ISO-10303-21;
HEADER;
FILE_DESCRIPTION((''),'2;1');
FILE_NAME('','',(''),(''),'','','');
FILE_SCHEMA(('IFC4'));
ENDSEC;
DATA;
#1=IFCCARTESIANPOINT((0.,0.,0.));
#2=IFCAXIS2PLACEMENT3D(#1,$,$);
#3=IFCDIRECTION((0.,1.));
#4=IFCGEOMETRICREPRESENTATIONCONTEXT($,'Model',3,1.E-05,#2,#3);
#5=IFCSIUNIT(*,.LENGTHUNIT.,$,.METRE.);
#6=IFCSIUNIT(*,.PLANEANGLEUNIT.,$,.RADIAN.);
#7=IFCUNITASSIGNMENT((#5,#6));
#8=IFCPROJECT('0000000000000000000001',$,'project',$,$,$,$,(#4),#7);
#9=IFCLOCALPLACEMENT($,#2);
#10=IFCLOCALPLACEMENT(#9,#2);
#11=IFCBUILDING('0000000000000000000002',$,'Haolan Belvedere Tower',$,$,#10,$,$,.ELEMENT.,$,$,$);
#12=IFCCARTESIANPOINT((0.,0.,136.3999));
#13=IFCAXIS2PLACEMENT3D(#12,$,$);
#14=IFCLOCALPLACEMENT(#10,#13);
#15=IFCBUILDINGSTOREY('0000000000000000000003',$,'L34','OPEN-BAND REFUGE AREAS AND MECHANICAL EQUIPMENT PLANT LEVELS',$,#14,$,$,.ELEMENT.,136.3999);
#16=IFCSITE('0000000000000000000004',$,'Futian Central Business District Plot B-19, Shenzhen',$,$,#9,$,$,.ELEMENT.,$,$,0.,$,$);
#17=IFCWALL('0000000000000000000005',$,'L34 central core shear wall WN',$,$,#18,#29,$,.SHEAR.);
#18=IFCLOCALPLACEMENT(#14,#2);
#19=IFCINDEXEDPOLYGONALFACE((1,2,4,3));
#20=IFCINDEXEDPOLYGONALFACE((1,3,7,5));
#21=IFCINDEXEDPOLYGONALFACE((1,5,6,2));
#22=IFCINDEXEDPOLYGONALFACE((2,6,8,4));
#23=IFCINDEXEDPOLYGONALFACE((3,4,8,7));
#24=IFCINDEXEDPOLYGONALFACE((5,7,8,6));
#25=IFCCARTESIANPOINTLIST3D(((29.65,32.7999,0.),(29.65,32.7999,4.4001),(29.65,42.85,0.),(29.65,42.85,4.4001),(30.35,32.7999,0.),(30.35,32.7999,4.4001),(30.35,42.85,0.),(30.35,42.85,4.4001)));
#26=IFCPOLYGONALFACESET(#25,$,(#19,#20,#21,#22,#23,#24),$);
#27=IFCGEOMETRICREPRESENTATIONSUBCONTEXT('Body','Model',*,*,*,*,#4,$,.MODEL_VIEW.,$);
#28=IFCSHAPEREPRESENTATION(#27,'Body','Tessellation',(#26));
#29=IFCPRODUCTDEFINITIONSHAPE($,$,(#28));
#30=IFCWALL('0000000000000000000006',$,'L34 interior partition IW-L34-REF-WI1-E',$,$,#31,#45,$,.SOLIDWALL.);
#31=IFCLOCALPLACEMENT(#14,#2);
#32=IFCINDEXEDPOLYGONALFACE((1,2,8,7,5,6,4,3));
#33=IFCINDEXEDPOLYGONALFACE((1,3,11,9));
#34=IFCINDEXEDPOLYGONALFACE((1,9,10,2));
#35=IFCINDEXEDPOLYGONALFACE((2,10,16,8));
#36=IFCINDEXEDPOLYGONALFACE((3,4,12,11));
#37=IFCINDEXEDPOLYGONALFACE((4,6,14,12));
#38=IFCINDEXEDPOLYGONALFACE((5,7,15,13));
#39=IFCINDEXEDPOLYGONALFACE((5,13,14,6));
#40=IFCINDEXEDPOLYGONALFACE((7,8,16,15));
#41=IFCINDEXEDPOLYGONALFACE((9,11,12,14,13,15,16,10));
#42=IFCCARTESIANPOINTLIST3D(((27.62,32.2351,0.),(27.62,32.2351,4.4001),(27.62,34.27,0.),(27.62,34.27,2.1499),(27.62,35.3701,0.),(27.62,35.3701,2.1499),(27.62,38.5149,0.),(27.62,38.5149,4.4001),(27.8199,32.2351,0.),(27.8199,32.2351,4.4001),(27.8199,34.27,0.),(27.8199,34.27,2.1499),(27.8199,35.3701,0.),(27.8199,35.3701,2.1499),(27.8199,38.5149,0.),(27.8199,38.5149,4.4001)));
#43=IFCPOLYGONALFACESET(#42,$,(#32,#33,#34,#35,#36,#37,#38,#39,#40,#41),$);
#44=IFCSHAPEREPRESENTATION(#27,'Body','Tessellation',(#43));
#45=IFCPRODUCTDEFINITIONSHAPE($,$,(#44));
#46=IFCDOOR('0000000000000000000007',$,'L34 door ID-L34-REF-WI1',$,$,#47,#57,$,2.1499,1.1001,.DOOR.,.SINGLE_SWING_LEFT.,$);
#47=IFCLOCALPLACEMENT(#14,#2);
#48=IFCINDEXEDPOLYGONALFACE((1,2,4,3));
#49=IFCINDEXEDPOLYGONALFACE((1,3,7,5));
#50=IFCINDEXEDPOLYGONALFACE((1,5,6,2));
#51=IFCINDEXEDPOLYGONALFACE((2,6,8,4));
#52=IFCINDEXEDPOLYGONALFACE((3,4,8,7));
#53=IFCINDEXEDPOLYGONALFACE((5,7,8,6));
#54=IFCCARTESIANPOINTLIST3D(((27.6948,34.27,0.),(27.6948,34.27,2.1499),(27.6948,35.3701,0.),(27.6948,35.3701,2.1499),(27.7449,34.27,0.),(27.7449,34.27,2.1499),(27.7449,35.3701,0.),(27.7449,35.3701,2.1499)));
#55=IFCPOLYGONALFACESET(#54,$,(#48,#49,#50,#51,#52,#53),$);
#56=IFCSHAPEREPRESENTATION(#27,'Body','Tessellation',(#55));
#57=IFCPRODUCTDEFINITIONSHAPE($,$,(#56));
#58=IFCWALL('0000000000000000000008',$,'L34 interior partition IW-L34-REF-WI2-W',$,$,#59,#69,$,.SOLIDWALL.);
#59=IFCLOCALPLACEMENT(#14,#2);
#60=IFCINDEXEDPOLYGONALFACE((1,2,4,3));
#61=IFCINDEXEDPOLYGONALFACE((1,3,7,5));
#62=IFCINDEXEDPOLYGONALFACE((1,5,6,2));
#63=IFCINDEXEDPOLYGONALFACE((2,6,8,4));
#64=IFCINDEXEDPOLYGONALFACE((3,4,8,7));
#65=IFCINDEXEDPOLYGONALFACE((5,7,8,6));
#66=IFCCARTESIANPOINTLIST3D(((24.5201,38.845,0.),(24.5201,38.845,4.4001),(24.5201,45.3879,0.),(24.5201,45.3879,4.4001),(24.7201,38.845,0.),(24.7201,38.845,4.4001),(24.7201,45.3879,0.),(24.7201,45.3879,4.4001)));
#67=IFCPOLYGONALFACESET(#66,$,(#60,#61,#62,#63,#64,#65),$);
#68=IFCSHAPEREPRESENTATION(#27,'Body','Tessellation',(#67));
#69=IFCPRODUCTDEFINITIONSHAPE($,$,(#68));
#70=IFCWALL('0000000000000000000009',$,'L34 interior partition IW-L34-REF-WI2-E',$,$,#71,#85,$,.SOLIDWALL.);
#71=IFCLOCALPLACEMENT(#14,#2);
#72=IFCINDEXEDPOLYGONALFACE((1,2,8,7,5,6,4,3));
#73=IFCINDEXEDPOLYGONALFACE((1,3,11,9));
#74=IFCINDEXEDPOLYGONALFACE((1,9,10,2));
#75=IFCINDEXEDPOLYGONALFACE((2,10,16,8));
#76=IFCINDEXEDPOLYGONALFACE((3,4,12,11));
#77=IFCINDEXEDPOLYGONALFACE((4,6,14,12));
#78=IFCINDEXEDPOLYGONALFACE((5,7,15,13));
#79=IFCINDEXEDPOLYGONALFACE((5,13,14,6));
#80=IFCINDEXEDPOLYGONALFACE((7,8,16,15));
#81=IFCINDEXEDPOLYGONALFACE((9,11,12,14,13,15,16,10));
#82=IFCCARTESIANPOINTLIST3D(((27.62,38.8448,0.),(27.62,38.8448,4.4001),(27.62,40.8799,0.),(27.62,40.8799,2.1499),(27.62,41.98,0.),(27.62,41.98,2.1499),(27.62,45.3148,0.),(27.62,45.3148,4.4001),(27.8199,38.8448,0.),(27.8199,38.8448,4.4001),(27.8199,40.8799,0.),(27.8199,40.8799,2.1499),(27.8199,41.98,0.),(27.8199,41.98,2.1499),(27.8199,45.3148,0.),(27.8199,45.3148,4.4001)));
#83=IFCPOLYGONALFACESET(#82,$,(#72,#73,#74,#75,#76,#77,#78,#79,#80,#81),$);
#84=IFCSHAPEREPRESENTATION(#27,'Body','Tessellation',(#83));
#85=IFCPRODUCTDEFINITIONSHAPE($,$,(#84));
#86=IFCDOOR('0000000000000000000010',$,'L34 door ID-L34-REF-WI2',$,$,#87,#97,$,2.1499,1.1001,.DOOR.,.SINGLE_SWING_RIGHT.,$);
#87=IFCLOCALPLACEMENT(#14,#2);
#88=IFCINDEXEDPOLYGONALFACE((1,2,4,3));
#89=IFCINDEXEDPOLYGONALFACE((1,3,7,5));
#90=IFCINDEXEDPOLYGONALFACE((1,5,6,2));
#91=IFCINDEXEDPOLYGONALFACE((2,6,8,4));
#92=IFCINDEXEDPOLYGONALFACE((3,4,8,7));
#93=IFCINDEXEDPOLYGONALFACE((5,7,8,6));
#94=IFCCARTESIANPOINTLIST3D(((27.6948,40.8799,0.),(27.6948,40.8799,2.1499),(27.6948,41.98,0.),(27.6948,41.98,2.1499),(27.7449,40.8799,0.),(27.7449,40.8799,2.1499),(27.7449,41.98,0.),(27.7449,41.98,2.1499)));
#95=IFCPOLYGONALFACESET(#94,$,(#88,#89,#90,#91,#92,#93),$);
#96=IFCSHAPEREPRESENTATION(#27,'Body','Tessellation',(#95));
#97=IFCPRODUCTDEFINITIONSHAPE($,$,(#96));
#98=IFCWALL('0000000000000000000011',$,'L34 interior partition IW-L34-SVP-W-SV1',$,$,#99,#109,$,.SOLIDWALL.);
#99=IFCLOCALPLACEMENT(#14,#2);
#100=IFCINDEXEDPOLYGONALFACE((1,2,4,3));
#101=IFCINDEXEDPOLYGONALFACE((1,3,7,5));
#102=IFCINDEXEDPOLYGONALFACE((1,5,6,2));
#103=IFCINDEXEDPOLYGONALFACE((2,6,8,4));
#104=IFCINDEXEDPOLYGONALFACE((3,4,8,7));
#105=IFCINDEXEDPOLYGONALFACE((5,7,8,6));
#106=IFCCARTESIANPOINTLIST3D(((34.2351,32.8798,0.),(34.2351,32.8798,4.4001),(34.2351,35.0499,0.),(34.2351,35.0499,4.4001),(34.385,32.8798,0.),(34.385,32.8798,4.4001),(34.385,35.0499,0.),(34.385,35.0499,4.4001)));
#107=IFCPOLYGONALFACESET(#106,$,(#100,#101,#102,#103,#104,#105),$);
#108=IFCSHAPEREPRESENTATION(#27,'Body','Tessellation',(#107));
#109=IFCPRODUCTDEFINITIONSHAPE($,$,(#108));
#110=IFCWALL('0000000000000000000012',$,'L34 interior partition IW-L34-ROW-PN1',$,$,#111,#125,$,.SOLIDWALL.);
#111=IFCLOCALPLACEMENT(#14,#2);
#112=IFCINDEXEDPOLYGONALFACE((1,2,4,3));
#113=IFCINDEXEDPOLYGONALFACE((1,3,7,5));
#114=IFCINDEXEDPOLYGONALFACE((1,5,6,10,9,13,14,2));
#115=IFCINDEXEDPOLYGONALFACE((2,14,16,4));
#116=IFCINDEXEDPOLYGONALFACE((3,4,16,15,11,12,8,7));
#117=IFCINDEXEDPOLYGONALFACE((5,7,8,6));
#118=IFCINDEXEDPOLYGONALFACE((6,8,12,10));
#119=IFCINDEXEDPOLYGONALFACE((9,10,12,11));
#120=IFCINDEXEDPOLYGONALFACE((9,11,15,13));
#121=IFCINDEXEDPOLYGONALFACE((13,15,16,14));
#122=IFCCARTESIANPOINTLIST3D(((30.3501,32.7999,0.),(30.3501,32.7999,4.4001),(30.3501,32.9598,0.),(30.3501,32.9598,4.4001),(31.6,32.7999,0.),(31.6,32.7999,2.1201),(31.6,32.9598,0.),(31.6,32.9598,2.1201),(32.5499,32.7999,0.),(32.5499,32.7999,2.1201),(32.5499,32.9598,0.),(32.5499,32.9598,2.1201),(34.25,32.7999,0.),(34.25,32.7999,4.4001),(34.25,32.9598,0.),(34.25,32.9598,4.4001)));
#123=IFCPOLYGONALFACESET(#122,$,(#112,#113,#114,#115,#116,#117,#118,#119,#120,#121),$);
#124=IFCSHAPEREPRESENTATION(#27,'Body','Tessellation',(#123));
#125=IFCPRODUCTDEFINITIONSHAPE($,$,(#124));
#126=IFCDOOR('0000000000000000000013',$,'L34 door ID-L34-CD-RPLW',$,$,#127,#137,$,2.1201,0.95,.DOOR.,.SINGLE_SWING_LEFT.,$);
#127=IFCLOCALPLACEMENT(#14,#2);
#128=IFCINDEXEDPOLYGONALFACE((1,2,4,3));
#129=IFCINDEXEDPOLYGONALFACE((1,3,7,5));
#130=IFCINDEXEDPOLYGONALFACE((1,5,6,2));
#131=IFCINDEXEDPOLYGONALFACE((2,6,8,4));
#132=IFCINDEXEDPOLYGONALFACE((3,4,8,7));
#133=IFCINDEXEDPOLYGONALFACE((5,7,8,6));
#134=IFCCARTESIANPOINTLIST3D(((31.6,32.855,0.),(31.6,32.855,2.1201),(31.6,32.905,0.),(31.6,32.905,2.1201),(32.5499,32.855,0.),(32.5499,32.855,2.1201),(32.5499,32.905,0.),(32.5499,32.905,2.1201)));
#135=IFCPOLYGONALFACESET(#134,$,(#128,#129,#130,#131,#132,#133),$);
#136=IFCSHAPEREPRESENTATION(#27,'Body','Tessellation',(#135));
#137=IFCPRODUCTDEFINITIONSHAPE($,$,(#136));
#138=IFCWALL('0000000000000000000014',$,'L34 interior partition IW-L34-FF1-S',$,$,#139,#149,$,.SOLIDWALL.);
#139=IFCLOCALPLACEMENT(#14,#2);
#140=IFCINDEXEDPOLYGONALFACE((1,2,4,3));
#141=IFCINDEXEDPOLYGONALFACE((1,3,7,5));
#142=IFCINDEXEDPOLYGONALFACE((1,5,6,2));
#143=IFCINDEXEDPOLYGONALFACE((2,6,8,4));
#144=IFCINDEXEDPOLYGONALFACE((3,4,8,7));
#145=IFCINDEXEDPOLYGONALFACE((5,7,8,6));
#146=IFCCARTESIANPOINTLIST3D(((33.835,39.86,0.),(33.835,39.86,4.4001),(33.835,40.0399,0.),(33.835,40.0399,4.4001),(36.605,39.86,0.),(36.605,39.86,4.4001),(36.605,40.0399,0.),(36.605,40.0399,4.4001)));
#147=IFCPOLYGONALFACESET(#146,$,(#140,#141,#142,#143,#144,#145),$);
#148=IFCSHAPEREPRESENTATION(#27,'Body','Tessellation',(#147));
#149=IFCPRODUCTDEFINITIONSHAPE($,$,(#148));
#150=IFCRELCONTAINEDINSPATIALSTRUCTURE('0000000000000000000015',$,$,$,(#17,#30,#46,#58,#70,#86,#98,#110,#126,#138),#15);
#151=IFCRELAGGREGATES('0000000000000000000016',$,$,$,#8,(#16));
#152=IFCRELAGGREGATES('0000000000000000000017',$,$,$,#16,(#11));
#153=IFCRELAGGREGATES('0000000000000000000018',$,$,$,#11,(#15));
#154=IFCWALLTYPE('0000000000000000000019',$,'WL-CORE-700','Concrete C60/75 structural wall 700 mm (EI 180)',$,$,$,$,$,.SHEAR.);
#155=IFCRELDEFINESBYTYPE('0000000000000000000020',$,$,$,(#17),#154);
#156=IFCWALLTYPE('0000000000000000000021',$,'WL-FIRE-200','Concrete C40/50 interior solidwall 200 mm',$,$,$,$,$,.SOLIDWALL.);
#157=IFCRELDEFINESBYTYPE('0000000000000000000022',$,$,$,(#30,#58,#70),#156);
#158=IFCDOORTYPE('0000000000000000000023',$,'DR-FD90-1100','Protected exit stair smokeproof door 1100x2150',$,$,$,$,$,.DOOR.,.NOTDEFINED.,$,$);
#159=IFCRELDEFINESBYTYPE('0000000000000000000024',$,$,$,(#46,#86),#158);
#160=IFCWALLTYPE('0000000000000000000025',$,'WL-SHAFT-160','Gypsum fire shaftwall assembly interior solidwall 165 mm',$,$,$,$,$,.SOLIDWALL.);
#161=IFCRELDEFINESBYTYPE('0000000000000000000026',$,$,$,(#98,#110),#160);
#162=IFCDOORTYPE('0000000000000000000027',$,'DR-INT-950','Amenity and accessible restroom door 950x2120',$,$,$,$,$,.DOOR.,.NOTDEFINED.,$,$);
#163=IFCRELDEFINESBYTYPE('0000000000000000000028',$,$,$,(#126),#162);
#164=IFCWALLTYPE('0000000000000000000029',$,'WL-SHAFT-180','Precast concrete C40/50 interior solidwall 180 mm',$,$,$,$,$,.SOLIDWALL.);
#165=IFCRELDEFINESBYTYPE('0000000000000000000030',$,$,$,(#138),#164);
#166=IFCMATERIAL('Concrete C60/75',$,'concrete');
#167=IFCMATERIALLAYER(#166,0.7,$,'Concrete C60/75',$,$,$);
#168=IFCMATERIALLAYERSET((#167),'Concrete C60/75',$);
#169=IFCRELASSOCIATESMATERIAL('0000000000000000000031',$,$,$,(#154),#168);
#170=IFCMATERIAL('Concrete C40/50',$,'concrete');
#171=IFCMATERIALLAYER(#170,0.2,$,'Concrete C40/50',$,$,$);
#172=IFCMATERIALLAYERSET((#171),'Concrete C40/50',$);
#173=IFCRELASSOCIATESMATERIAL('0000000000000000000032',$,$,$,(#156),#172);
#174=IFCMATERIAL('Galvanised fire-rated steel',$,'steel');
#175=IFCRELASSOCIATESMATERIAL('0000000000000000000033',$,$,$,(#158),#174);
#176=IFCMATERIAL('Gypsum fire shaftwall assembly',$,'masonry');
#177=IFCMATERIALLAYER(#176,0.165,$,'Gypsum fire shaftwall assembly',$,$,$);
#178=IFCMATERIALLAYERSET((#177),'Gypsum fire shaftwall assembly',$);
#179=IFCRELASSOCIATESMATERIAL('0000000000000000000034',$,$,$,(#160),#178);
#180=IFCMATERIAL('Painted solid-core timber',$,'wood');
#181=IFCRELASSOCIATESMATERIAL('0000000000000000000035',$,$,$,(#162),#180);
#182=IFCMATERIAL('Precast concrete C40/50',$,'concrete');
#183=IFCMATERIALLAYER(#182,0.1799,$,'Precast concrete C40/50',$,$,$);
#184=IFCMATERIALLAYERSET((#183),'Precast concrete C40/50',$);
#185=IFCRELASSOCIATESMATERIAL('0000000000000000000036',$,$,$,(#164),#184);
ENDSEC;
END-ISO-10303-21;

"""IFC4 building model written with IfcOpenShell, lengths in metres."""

from ifc_helpers import new_model, si_unit, direction, frame, frame_2d, origin, place, context, subcontext, project, spatial, rectangle, extrude, material, layer, layer_set, type_object, element, fill, save


model = new_model("IFC4")

# Units and contexts
model_context = context("Model", 3, precision=1e-05, world=origin(), true_north=direction((0.0, 1.0)))
body_context = subcontext(model_context, "Body", "Model", "MODEL_VIEW")
ifc_project = project(units=[si_unit("LENGTHUNIT", "METRE"), si_unit("PLANEANGLEUNIT", "RADIAN")], contexts=[model_context])

# Site, building, storey
site_placement = place(None, origin())
site = spatial("IfcSite", under=ifc_project, at=site_placement, Name="Futian Central Business District Plot B-19, Shenzhen", CompositionType="ELEMENT", RefElevation=0.0)
building_placement = place(site_placement, origin())
building = spatial("IfcBuilding", under=site, at=building_placement, Name="Haolan Belvedere Tower", CompositionType="ELEMENT")
storey_placement = place(building_placement, frame((0.0, 0.0, 136.3999)))
storey = spatial("IfcBuildingStorey", under=building, at=storey_placement, Name="L34", Description="OPEN-BAND REFUGE AREAS AND MECHANICAL EQUIPMENT PLANT LEVELS", CompositionType="ELEMENT", Elevation=136.3999)

# Wall
ifc_material_1 = material(Name="Concrete C60/75", Category="concrete")
ifc_layer_1 = layer(ifc_material_1, 0.7, Name="Concrete C60/75")
ifc_layer_set_1 = layer_set([ifc_layer_1], Name="Concrete C60/75")
wall_type_1 = type_object("IfcWallType", Name="WL-CORE-700", Description="Concrete C60/75 structural wall 700 mm (EI 180)", PredefinedType="SHEAR", material=ifc_layer_set_1)
wall_1_placement = place(storey_placement, frame((30.0, 32.8, 0.0), z_axis=(0.0, 0.0, 1.0), x_axis=(0.0, 1.0, 0.0)))
element("IfcWall", 1, at=wall_1_placement, inside=storey, type_object=wall_type_1, Name="L34 central core shear wall WN", PredefinedType="SHEAR", context=body_context, shape_type="SweptSolid", body=[
    extrude(rectangle(XDim=10.05, YDim=0.7, at=frame_2d((5.0249, 0.0))), origin(), (0.0, 0.0, 1.0), 4.4001),
])

# Wall, opening, door
ifc_material_2 = material(Name="Concrete C40/50", Category="concrete")
ifc_layer_2 = layer(ifc_material_2, 0.2, Name="Concrete C40/50")
ifc_layer_set_2 = layer_set([ifc_layer_2], Name="Concrete C40/50")
wall_type_2 = type_object("IfcWallType", Name="WL-FIRE-200", Description="Concrete C40/50 interior solidwall 200 mm", PredefinedType="SOLIDWALL", material=ifc_layer_set_2)
wall_2_placement = place(storey_placement, frame((27.72, 32.2351, 0.0), z_axis=(0.0, 0.0, 1.0), x_axis=(0.0, 1.0, 0.0)))
wall_2 = element("IfcWall", 2, at=wall_2_placement, inside=storey, type_object=wall_type_2, Name="L34 interior partition IW-L34-REF-WI1-E", PredefinedType="SOLIDWALL", context=body_context, shape_type="SweptSolid", body=[
    extrude(rectangle(XDim=6.2798, YDim=0.2, at=frame_2d((3.1399, 0.0))), origin(), (0.0, 0.0, 1.0), 4.4001),
])
opening_1_placement = place(wall_2_placement, frame((3.135, 0.0, 0.0), z_axis=(0.0, 0.0, 1.0), x_axis=(-1.0, 0.0, 0.0)))
opening_1 = element("IfcOpeningElement", 3, at=opening_1_placement, cuts=wall_2, PredefinedType="OPENING", context=body_context, shape_type="SweptSolid", body=[
    extrude(rectangle(XDim=1.1001, YDim=2.1499, at=frame_2d((0.55, 1.075))), frame((0.0, 0.1099, 0.0), z_axis=(0.0, -1.0, 0.0), x_axis=(1.0, 0.0, 0.0)), (0.0, 0.0, 1.0), 0.22),
])
ifc_material_3 = material(Name="Galvanised fire-rated steel", Category="steel")
door_type_1 = type_object("IfcDoorType", Name="DR-FD90-1100", Description="Protected exit stair smokeproof door 1100x2150", OperationType="NOTDEFINED", PredefinedType="DOOR", material=ifc_material_3)
door_1_placement = place(opening_1_placement, origin())
door_1 = element("IfcDoor", 4, at=door_1_placement, inside=storey, type_object=door_type_1, Name="L34 door ID-L34-REF-WI1", OperationType="SINGLE_SWING_LEFT", OverallHeight=2.1499, OverallWidth=1.1001, PredefinedType="DOOR", context=body_context, shape_type="SweptSolid", body=[
    extrude(rectangle(XDim=1.1001, YDim=2.1499, at=frame_2d((0.55, 1.075))), frame((0.0, 0.0249, 0.0), z_axis=(0.0, -1.0, 0.0), x_axis=(1.0, 0.0, 0.0)), (0.0, 0.0, 1.0), 0.05),
])
fill(opening_1, door_1)

# Wall
wall_3_placement = place(storey_placement, frame((24.6201, 38.845, 0.0), z_axis=(0.0, 0.0, 1.0), x_axis=(0.0, 1.0, 0.0)))
element("IfcWall", 5, at=wall_3_placement, inside=storey, type_object=wall_type_2, Name="L34 interior partition IW-L34-REF-WI2-W", PredefinedType="SOLIDWALL", context=body_context, shape_type="SweptSolid", body=[
    extrude(rectangle(XDim=6.543, YDim=0.2, at=frame_2d((3.2715, 0.0))), origin(), (0.0, 0.0, 1.0), 4.4001),
])

# Wall, opening, door
wall_4_placement = place(storey_placement, frame((27.72, 38.845, 0.0), z_axis=(0.0, 0.0, 1.0), x_axis=(0.0, 1.0, 0.0)))
wall_4 = element("IfcWall", 6, at=wall_4_placement, inside=storey, type_object=wall_type_2, Name="L34 interior partition IW-L34-REF-WI2-E", PredefinedType="SOLIDWALL", context=body_context, shape_type="SweptSolid", body=[
    extrude(rectangle(XDim=6.47, YDim=0.2, at=frame_2d((3.2349, 0.0))), origin(), (0.0, 0.0, 1.0), 4.4001),
])
opening_2_placement = place(wall_4_placement, frame((3.135, 0.0, 0.0), z_axis=(0.0, 0.0, 1.0), x_axis=(-1.0, 0.0, 0.0)))
opening_2 = element("IfcOpeningElement", 7, at=opening_2_placement, cuts=wall_4, PredefinedType="OPENING", context=body_context, shape_type="SweptSolid", body=[
    extrude(rectangle(XDim=1.1001, YDim=2.1499, at=frame_2d((0.55, 1.075))), frame((0.0, 0.1099, 0.0), z_axis=(0.0, -1.0, 0.0), x_axis=(1.0, 0.0, 0.0)), (0.0, 0.0, 1.0), 0.22),
])
door_2_placement = place(opening_2_placement, origin())
door_2 = element("IfcDoor", 8, at=door_2_placement, inside=storey, type_object=door_type_1, Name="L34 door ID-L34-REF-WI2", OperationType="SINGLE_SWING_RIGHT", OverallHeight=2.1499, OverallWidth=1.1001, PredefinedType="DOOR", context=body_context, shape_type="SweptSolid", body=[
    extrude(rectangle(XDim=1.1001, YDim=2.1499, at=frame_2d((0.55, 1.075))), frame((0.0, 0.0249, 0.0), z_axis=(0.0, -1.0, 0.0), x_axis=(1.0, 0.0, 0.0)), (0.0, 0.0, 1.0), 0.05),
])
fill(opening_2, door_2)

# Wall
ifc_material_4 = material(Name="Gypsum fire shaftwall assembly", Category="masonry")
ifc_layer_3 = layer(ifc_material_4, 0.165, Name="Gypsum fire shaftwall assembly")
ifc_layer_set_3 = layer_set([ifc_layer_3], Name="Gypsum fire shaftwall assembly")
wall_type_3 = type_object("IfcWallType", Name="WL-SHAFT-160", Description="Gypsum fire shaftwall assembly interior solidwall 165 mm", PredefinedType="SOLIDWALL", material=ifc_layer_set_3)
wall_5_placement = place(storey_placement, frame((34.3101, 32.8799, 0.0), z_axis=(0.0, 0.0, 1.0), x_axis=(0.0, 1.0, 0.0)))
element("IfcWall", 9, at=wall_5_placement, inside=storey, type_object=wall_type_3, Name="L34 interior partition IW-L34-SVP-W-SV1", PredefinedType="SOLIDWALL", context=body_context, shape_type="SweptSolid", body=[
    extrude(rectangle(XDim=2.1702, YDim=0.1499, at=frame_2d((1.085, 0.0))), origin(), (0.0, 0.0, 1.0), 4.4001),
])

# Wall, opening, door
wall_6_placement = place(storey_placement, frame((30.3501, 32.8799, 0.0), z_axis=(0.0, 0.0, 1.0), x_axis=(1.0, 0.0, 0.0)))
wall_6 = element("IfcWall", 10, at=wall_6_placement, inside=storey, type_object=wall_type_3, Name="L34 interior partition IW-L34-ROW-PN1", PredefinedType="SOLIDWALL", context=body_context, shape_type="SweptSolid", body=[
    extrude(rectangle(XDim=3.8999, YDim=0.1599, at=frame_2d((1.95, 0.0))), origin(), (0.0, 0.0, 1.0), 4.4001),
])
opening_3_placement = place(wall_6_placement, frame((2.2, 0.0, 0.0), z_axis=(0.0, 0.0, 1.0), x_axis=(-1.0, 0.0, 0.0)))
opening_3 = element("IfcOpeningElement", 11, at=opening_3_placement, cuts=wall_6, PredefinedType="OPENING", context=body_context, shape_type="SweptSolid", body=[
    extrude(rectangle(XDim=0.95, YDim=2.1201, at=frame_2d((0.4751, 1.0601))), frame((0.0, 0.0898, 0.0), z_axis=(0.0, -1.0, 0.0), x_axis=(1.0, 0.0, 0.0)), (0.0, 0.0, 1.0), 0.1799),
])
ifc_material_5 = material(Name="Painted solid-core timber", Category="wood")
door_type_2 = type_object("IfcDoorType", Name="DR-INT-950", Description="Amenity and accessible restroom door 950x2120", OperationType="NOTDEFINED", PredefinedType="DOOR", material=ifc_material_5)
door_3_placement = place(opening_3_placement, origin())
door_3 = element("IfcDoor", 12, at=door_3_placement, inside=storey, type_object=door_type_2, Name="L34 door ID-L34-CD-RPLW", OperationType="SINGLE_SWING_LEFT", OverallHeight=2.1201, OverallWidth=0.95, PredefinedType="DOOR", context=body_context, shape_type="SweptSolid", body=[
    extrude(rectangle(XDim=0.95, YDim=2.1201, at=frame_2d((0.4751, 1.0601))), frame((0.0, 0.0249, 0.0), z_axis=(0.0, -1.0, 0.0), x_axis=(1.0, 0.0, 0.0)), (0.0, 0.0, 1.0), 0.05),
])
fill(opening_3, door_3)

# Wall
ifc_material_6 = material(Name="Precast concrete C40/50", Category="concrete")
ifc_layer_4 = layer(ifc_material_6, 0.1799, Name="Precast concrete C40/50")
ifc_layer_set_4 = layer_set([ifc_layer_4], Name="Precast concrete C40/50")
wall_type_4 = type_object("IfcWallType", Name="WL-SHAFT-180", Description="Precast concrete C40/50 interior solidwall 180 mm", PredefinedType="SOLIDWALL", material=ifc_layer_set_4)
wall_7_placement = place(storey_placement, frame((33.835, 39.95, 0.0), z_axis=(0.0, 0.0, 1.0), x_axis=(1.0, 0.0, 0.0)))
element("IfcWall", 13, at=wall_7_placement, inside=storey, type_object=wall_type_4, Name="L34 interior partition IW-L34-FF1-S", PredefinedType="SOLIDWALL", context=body_context, shape_type="SweptSolid", body=[
    extrude(rectangle(XDim=2.77, YDim=0.1799, at=frame_2d((1.385, 0.0))), origin(), (0.0, 0.0, 1.0), 4.4001),
])

save(model, "model.ifc")
